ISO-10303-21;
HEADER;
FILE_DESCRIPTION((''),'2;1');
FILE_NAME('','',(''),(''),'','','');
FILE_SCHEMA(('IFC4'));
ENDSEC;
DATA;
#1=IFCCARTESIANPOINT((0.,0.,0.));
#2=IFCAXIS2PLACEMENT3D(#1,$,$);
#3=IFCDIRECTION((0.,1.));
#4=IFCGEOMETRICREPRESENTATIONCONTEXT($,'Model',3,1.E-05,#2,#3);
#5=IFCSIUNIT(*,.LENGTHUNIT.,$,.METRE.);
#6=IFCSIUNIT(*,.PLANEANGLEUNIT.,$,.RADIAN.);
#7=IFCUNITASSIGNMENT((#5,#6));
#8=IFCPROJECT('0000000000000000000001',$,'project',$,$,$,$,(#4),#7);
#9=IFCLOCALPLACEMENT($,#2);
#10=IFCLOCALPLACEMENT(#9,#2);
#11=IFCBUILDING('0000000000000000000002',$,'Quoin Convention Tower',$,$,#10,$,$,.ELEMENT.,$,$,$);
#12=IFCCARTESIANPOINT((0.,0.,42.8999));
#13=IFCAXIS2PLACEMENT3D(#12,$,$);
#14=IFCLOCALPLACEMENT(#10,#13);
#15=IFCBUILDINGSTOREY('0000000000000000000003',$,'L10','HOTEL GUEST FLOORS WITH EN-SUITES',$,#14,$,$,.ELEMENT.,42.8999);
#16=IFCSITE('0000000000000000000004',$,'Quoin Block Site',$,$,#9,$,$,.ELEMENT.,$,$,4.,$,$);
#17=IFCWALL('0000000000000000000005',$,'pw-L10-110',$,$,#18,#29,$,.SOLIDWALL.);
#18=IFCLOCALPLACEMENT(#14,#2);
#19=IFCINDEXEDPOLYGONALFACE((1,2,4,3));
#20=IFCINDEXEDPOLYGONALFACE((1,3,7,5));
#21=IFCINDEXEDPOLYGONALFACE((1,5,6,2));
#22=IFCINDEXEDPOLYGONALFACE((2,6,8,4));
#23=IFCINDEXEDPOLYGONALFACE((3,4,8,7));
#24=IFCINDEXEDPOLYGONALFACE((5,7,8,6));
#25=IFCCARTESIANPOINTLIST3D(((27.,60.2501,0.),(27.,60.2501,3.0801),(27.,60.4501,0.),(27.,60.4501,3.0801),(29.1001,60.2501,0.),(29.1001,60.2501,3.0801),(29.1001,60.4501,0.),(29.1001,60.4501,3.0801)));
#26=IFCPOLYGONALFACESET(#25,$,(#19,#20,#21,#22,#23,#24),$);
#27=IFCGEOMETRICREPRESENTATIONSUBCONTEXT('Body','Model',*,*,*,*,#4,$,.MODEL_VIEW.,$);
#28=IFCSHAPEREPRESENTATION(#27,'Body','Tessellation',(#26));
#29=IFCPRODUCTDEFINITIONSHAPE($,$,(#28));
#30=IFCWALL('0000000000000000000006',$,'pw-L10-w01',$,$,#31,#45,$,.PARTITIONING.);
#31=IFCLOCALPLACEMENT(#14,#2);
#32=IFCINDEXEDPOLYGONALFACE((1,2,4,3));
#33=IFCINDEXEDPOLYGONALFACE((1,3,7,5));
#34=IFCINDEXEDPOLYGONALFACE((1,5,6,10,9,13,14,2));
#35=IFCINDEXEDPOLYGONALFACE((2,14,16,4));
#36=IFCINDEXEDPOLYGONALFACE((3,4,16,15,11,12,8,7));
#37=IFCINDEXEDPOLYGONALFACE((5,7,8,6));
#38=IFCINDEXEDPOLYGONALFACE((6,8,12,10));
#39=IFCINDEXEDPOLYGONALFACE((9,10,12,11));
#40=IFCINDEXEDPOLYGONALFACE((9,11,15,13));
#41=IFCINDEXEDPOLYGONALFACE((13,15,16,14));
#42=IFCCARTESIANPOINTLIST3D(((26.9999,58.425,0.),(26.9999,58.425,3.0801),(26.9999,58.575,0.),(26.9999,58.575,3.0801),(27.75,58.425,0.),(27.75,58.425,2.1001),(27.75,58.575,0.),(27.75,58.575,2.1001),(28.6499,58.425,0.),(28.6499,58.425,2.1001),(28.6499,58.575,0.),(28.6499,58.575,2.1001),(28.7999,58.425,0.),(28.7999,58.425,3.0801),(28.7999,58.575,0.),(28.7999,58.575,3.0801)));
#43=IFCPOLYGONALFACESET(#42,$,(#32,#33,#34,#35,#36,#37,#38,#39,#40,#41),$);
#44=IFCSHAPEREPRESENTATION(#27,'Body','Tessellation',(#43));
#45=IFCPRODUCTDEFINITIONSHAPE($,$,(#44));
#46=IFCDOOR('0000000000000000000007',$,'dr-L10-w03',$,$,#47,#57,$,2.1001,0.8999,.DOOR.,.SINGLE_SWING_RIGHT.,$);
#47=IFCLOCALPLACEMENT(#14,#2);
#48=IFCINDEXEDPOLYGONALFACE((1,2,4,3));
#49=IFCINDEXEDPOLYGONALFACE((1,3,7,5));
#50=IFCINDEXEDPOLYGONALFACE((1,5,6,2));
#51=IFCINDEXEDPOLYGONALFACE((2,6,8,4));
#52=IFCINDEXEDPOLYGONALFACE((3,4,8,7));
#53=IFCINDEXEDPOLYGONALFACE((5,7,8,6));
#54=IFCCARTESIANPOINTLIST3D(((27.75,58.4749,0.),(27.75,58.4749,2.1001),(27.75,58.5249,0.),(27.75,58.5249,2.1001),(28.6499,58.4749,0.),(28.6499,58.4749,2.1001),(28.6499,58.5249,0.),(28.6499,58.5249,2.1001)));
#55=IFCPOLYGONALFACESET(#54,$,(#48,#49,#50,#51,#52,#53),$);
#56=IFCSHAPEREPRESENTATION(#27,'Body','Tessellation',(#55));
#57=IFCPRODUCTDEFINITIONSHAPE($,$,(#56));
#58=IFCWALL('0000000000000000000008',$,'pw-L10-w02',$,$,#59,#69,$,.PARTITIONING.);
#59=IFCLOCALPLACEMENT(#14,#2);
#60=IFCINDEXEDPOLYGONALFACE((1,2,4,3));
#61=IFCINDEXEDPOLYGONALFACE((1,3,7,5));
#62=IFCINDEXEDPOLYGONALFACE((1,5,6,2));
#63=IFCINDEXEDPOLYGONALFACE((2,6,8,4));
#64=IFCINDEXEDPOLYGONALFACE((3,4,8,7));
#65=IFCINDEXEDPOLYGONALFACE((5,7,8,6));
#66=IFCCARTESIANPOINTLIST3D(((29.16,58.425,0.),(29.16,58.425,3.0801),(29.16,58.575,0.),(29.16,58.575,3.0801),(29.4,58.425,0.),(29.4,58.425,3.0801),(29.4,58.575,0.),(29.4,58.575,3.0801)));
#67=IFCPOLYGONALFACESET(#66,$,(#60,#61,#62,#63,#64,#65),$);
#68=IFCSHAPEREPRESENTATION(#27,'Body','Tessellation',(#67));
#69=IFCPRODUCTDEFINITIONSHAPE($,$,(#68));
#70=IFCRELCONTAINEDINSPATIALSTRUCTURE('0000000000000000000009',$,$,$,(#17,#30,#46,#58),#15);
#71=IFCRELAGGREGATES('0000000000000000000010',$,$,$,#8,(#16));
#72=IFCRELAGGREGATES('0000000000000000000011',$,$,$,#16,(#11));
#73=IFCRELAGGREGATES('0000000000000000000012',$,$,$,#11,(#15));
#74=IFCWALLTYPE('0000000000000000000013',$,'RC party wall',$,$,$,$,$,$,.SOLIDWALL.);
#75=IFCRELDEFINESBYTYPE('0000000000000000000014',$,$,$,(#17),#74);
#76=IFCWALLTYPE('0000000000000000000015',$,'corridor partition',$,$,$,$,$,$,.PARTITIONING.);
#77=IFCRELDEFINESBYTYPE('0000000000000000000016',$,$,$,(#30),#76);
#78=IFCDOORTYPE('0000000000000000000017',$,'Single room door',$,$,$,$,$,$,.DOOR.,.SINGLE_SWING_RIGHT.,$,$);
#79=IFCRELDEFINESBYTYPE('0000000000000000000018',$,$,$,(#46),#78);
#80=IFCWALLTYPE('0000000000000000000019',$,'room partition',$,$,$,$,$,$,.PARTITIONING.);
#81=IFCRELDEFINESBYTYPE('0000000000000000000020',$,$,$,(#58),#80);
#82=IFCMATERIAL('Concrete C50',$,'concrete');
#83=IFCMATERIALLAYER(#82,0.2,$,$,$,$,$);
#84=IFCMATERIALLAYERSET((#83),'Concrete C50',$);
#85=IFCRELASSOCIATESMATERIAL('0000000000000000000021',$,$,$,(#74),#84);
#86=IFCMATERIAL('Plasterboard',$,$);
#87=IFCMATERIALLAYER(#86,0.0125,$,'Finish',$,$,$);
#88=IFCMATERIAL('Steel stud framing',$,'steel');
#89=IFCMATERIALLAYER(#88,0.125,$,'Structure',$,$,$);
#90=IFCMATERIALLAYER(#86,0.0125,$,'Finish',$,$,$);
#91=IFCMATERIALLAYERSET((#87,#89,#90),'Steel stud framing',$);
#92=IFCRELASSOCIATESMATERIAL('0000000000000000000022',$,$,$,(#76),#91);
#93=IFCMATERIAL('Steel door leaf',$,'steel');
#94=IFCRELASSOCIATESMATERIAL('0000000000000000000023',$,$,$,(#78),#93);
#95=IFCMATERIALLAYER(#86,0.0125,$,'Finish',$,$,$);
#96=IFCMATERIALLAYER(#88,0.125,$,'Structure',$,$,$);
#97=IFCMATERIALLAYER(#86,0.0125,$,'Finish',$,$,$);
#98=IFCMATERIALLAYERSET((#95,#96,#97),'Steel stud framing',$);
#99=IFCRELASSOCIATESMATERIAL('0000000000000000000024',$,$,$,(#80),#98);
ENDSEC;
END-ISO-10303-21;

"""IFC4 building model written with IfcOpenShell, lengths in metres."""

from ifc_helpers import new_model, si_unit, direction, frame, frame_2d, origin, place, context, subcontext, project, spatial, rectangle, extrude, material, layer, layer_set, type_object, element, fill, save


model = new_model("IFC4")

# Units and contexts
model_context = context("Model", 3, precision=1e-05, world=origin(), true_north=direction((0.0, 1.0)))
body_context = subcontext(model_context, "Body", "Model", "MODEL_VIEW")
ifc_project = project(units=[si_unit("LENGTHUNIT", "METRE"), si_unit("PLANEANGLEUNIT", "RADIAN")], contexts=[model_context])

# Site, building, storey
site_placement = place(None, origin())
site = spatial("IfcSite", under=ifc_project, at=site_placement, Name="Quoin Block Site", CompositionType="ELEMENT", RefElevation=4.0)
building_placement = place(site_placement, origin())
building = spatial("IfcBuilding", under=site, at=building_placement, Name="Quoin Convention Tower", CompositionType="ELEMENT")
storey_placement = place(building_placement, frame((0.0, 0.0, 42.8999)))
storey = spatial("IfcBuildingStorey", under=building, at=storey_placement, Name="L10", Description="HOTEL GUEST FLOORS WITH EN-SUITES", CompositionType="ELEMENT", Elevation=42.8999)

# Wall
ifc_material_1 = material(Name="Concrete C50", Category="concrete")
ifc_layer_1 = layer(ifc_material_1, 0.2)
ifc_layer_set_1 = layer_set([ifc_layer_1], Name="Concrete C50")
wall_type_1 = type_object("IfcWallType", Name="RC party wall", PredefinedType="SOLIDWALL", material=ifc_layer_set_1)
wall_1_placement = place(storey_placement, frame((27.0, 60.3501, 0.0), z_axis=(0.0, 0.0, 1.0), x_axis=(1.0, 0.0, 0.0)))
element("IfcWall", 1, at=wall_1_placement, inside=storey, type_object=wall_type_1, Name="pw-L10-110", PredefinedType="SOLIDWALL", context=body_context, shape_type="SweptSolid", body=[
    extrude(rectangle(XDim=2.1001, YDim=0.2, at=frame_2d((1.05, 0.0))), origin(), (0.0, 0.0, 1.0), 3.0801),
])

# Wall, opening, door
ifc_material_2 = material(Name="Plasterboard")
ifc_layer_2 = layer(ifc_material_2, 0.0125, Name="Finish")
ifc_material_3 = material(Name="Steel stud framing", Category="steel")
ifc_layer_3 = layer(ifc_material_3, 0.125, Name="Structure")
ifc_layer_4 = layer(ifc_material_2, 0.0125, Name="Finish")
ifc_layer_set_2 = layer_set([ifc_layer_2, ifc_layer_3, ifc_layer_4], Name="Steel stud framing")
wall_type_2 = type_object("IfcWallType", Name="corridor partition", PredefinedType="PARTITIONING", material=ifc_layer_set_2)
wall_2_placement = place(storey_placement, frame((27.0, 58.5, 0.0), z_axis=(0.0, 0.0, 1.0), x_axis=(1.0, 0.0, 0.0)))
wall_2 = element("IfcWall", 2, at=wall_2_placement, inside=storey, type_object=wall_type_2, Name="pw-L10-w01", PredefinedType="PARTITIONING", context=body_context, shape_type="SweptSolid", body=[
    extrude(rectangle(XDim=1.8, YDim=0.1499, at=frame_2d((0.8999, 0.0))), origin(), (0.0, 0.0, 1.0), 3.0801),
])
opening_1_placement = place(wall_2_placement, frame((0.75, 0.0, 0.0)))
opening_1 = element("IfcOpeningElement", 3, at=opening_1_placement, cuts=wall_2, PredefinedType="OPENING", context=body_context, shape_type="SweptSolid", body=[
    extrude(rectangle(XDim=0.8999, YDim=2.1001, at=frame_2d((0.45, 1.05))), frame((0.0, 0.085, 0.0), z_axis=(0.0, -1.0, 0.0), x_axis=(1.0, 0.0, 0.0)), (0.0, 0.0, 1.0), 0.1699),
])
ifc_material_4 = material(Name="Steel door leaf", Category="steel")
door_type = type_object("IfcDoorType", Name="Single room door", OperationType="SINGLE_SWING_RIGHT", PredefinedType="DOOR", material=ifc_material_4)
door_placement = place(opening_1_placement, origin())
door = element("IfcDoor", 4, at=door_placement, inside=storey, type_object=door_type, Name="dr-L10-w03", OperationType="SINGLE_SWING_RIGHT", OverallHeight=2.1001, OverallWidth=0.8999, PredefinedType="DOOR", context=body_context, shape_type="SweptSolid", body=[
    extrude(rectangle(XDim=0.8999, YDim=2.1001, at=frame_2d((0.45, 1.05))), frame((0.0, 0.0249, 0.0), z_axis=(0.0, -1.0, 0.0), x_axis=(1.0, 0.0, 0.0)), (0.0, 0.0, 1.0), 0.05),
])
fill(opening_1, door)

# Wall
ifc_layer_5 = layer(ifc_material_2, 0.0125, Name="Finish")
ifc_layer_6 = layer(ifc_material_3, 0.125, Name="Structure")
ifc_layer_7 = layer(ifc_material_2, 0.0125, Name="Finish")
ifc_layer_set_3 = layer_set([ifc_layer_5, ifc_layer_6, ifc_layer_7], Name="Steel stud framing")
wall_type_3 = type_object("IfcWallType", Name="room partition", PredefinedType="PARTITIONING", material=ifc_layer_set_3)
wall_3_placement = place(storey_placement, frame((29.1599, 58.5, 0.0), z_axis=(0.0, 0.0, 1.0), x_axis=(1.0, 0.0, 0.0)))
element("IfcWall", 5, at=wall_3_placement, inside=storey, type_object=wall_type_3, Name="pw-L10-w02", PredefinedType="PARTITIONING", context=body_context, shape_type="SweptSolid", body=[
    extrude(rectangle(XDim=0.24, YDim=0.1499, at=frame_2d((0.1201, 0.0))), origin(), (0.0, 0.0, 1.0), 3.0801),
])

save(model, "model.ifc")
